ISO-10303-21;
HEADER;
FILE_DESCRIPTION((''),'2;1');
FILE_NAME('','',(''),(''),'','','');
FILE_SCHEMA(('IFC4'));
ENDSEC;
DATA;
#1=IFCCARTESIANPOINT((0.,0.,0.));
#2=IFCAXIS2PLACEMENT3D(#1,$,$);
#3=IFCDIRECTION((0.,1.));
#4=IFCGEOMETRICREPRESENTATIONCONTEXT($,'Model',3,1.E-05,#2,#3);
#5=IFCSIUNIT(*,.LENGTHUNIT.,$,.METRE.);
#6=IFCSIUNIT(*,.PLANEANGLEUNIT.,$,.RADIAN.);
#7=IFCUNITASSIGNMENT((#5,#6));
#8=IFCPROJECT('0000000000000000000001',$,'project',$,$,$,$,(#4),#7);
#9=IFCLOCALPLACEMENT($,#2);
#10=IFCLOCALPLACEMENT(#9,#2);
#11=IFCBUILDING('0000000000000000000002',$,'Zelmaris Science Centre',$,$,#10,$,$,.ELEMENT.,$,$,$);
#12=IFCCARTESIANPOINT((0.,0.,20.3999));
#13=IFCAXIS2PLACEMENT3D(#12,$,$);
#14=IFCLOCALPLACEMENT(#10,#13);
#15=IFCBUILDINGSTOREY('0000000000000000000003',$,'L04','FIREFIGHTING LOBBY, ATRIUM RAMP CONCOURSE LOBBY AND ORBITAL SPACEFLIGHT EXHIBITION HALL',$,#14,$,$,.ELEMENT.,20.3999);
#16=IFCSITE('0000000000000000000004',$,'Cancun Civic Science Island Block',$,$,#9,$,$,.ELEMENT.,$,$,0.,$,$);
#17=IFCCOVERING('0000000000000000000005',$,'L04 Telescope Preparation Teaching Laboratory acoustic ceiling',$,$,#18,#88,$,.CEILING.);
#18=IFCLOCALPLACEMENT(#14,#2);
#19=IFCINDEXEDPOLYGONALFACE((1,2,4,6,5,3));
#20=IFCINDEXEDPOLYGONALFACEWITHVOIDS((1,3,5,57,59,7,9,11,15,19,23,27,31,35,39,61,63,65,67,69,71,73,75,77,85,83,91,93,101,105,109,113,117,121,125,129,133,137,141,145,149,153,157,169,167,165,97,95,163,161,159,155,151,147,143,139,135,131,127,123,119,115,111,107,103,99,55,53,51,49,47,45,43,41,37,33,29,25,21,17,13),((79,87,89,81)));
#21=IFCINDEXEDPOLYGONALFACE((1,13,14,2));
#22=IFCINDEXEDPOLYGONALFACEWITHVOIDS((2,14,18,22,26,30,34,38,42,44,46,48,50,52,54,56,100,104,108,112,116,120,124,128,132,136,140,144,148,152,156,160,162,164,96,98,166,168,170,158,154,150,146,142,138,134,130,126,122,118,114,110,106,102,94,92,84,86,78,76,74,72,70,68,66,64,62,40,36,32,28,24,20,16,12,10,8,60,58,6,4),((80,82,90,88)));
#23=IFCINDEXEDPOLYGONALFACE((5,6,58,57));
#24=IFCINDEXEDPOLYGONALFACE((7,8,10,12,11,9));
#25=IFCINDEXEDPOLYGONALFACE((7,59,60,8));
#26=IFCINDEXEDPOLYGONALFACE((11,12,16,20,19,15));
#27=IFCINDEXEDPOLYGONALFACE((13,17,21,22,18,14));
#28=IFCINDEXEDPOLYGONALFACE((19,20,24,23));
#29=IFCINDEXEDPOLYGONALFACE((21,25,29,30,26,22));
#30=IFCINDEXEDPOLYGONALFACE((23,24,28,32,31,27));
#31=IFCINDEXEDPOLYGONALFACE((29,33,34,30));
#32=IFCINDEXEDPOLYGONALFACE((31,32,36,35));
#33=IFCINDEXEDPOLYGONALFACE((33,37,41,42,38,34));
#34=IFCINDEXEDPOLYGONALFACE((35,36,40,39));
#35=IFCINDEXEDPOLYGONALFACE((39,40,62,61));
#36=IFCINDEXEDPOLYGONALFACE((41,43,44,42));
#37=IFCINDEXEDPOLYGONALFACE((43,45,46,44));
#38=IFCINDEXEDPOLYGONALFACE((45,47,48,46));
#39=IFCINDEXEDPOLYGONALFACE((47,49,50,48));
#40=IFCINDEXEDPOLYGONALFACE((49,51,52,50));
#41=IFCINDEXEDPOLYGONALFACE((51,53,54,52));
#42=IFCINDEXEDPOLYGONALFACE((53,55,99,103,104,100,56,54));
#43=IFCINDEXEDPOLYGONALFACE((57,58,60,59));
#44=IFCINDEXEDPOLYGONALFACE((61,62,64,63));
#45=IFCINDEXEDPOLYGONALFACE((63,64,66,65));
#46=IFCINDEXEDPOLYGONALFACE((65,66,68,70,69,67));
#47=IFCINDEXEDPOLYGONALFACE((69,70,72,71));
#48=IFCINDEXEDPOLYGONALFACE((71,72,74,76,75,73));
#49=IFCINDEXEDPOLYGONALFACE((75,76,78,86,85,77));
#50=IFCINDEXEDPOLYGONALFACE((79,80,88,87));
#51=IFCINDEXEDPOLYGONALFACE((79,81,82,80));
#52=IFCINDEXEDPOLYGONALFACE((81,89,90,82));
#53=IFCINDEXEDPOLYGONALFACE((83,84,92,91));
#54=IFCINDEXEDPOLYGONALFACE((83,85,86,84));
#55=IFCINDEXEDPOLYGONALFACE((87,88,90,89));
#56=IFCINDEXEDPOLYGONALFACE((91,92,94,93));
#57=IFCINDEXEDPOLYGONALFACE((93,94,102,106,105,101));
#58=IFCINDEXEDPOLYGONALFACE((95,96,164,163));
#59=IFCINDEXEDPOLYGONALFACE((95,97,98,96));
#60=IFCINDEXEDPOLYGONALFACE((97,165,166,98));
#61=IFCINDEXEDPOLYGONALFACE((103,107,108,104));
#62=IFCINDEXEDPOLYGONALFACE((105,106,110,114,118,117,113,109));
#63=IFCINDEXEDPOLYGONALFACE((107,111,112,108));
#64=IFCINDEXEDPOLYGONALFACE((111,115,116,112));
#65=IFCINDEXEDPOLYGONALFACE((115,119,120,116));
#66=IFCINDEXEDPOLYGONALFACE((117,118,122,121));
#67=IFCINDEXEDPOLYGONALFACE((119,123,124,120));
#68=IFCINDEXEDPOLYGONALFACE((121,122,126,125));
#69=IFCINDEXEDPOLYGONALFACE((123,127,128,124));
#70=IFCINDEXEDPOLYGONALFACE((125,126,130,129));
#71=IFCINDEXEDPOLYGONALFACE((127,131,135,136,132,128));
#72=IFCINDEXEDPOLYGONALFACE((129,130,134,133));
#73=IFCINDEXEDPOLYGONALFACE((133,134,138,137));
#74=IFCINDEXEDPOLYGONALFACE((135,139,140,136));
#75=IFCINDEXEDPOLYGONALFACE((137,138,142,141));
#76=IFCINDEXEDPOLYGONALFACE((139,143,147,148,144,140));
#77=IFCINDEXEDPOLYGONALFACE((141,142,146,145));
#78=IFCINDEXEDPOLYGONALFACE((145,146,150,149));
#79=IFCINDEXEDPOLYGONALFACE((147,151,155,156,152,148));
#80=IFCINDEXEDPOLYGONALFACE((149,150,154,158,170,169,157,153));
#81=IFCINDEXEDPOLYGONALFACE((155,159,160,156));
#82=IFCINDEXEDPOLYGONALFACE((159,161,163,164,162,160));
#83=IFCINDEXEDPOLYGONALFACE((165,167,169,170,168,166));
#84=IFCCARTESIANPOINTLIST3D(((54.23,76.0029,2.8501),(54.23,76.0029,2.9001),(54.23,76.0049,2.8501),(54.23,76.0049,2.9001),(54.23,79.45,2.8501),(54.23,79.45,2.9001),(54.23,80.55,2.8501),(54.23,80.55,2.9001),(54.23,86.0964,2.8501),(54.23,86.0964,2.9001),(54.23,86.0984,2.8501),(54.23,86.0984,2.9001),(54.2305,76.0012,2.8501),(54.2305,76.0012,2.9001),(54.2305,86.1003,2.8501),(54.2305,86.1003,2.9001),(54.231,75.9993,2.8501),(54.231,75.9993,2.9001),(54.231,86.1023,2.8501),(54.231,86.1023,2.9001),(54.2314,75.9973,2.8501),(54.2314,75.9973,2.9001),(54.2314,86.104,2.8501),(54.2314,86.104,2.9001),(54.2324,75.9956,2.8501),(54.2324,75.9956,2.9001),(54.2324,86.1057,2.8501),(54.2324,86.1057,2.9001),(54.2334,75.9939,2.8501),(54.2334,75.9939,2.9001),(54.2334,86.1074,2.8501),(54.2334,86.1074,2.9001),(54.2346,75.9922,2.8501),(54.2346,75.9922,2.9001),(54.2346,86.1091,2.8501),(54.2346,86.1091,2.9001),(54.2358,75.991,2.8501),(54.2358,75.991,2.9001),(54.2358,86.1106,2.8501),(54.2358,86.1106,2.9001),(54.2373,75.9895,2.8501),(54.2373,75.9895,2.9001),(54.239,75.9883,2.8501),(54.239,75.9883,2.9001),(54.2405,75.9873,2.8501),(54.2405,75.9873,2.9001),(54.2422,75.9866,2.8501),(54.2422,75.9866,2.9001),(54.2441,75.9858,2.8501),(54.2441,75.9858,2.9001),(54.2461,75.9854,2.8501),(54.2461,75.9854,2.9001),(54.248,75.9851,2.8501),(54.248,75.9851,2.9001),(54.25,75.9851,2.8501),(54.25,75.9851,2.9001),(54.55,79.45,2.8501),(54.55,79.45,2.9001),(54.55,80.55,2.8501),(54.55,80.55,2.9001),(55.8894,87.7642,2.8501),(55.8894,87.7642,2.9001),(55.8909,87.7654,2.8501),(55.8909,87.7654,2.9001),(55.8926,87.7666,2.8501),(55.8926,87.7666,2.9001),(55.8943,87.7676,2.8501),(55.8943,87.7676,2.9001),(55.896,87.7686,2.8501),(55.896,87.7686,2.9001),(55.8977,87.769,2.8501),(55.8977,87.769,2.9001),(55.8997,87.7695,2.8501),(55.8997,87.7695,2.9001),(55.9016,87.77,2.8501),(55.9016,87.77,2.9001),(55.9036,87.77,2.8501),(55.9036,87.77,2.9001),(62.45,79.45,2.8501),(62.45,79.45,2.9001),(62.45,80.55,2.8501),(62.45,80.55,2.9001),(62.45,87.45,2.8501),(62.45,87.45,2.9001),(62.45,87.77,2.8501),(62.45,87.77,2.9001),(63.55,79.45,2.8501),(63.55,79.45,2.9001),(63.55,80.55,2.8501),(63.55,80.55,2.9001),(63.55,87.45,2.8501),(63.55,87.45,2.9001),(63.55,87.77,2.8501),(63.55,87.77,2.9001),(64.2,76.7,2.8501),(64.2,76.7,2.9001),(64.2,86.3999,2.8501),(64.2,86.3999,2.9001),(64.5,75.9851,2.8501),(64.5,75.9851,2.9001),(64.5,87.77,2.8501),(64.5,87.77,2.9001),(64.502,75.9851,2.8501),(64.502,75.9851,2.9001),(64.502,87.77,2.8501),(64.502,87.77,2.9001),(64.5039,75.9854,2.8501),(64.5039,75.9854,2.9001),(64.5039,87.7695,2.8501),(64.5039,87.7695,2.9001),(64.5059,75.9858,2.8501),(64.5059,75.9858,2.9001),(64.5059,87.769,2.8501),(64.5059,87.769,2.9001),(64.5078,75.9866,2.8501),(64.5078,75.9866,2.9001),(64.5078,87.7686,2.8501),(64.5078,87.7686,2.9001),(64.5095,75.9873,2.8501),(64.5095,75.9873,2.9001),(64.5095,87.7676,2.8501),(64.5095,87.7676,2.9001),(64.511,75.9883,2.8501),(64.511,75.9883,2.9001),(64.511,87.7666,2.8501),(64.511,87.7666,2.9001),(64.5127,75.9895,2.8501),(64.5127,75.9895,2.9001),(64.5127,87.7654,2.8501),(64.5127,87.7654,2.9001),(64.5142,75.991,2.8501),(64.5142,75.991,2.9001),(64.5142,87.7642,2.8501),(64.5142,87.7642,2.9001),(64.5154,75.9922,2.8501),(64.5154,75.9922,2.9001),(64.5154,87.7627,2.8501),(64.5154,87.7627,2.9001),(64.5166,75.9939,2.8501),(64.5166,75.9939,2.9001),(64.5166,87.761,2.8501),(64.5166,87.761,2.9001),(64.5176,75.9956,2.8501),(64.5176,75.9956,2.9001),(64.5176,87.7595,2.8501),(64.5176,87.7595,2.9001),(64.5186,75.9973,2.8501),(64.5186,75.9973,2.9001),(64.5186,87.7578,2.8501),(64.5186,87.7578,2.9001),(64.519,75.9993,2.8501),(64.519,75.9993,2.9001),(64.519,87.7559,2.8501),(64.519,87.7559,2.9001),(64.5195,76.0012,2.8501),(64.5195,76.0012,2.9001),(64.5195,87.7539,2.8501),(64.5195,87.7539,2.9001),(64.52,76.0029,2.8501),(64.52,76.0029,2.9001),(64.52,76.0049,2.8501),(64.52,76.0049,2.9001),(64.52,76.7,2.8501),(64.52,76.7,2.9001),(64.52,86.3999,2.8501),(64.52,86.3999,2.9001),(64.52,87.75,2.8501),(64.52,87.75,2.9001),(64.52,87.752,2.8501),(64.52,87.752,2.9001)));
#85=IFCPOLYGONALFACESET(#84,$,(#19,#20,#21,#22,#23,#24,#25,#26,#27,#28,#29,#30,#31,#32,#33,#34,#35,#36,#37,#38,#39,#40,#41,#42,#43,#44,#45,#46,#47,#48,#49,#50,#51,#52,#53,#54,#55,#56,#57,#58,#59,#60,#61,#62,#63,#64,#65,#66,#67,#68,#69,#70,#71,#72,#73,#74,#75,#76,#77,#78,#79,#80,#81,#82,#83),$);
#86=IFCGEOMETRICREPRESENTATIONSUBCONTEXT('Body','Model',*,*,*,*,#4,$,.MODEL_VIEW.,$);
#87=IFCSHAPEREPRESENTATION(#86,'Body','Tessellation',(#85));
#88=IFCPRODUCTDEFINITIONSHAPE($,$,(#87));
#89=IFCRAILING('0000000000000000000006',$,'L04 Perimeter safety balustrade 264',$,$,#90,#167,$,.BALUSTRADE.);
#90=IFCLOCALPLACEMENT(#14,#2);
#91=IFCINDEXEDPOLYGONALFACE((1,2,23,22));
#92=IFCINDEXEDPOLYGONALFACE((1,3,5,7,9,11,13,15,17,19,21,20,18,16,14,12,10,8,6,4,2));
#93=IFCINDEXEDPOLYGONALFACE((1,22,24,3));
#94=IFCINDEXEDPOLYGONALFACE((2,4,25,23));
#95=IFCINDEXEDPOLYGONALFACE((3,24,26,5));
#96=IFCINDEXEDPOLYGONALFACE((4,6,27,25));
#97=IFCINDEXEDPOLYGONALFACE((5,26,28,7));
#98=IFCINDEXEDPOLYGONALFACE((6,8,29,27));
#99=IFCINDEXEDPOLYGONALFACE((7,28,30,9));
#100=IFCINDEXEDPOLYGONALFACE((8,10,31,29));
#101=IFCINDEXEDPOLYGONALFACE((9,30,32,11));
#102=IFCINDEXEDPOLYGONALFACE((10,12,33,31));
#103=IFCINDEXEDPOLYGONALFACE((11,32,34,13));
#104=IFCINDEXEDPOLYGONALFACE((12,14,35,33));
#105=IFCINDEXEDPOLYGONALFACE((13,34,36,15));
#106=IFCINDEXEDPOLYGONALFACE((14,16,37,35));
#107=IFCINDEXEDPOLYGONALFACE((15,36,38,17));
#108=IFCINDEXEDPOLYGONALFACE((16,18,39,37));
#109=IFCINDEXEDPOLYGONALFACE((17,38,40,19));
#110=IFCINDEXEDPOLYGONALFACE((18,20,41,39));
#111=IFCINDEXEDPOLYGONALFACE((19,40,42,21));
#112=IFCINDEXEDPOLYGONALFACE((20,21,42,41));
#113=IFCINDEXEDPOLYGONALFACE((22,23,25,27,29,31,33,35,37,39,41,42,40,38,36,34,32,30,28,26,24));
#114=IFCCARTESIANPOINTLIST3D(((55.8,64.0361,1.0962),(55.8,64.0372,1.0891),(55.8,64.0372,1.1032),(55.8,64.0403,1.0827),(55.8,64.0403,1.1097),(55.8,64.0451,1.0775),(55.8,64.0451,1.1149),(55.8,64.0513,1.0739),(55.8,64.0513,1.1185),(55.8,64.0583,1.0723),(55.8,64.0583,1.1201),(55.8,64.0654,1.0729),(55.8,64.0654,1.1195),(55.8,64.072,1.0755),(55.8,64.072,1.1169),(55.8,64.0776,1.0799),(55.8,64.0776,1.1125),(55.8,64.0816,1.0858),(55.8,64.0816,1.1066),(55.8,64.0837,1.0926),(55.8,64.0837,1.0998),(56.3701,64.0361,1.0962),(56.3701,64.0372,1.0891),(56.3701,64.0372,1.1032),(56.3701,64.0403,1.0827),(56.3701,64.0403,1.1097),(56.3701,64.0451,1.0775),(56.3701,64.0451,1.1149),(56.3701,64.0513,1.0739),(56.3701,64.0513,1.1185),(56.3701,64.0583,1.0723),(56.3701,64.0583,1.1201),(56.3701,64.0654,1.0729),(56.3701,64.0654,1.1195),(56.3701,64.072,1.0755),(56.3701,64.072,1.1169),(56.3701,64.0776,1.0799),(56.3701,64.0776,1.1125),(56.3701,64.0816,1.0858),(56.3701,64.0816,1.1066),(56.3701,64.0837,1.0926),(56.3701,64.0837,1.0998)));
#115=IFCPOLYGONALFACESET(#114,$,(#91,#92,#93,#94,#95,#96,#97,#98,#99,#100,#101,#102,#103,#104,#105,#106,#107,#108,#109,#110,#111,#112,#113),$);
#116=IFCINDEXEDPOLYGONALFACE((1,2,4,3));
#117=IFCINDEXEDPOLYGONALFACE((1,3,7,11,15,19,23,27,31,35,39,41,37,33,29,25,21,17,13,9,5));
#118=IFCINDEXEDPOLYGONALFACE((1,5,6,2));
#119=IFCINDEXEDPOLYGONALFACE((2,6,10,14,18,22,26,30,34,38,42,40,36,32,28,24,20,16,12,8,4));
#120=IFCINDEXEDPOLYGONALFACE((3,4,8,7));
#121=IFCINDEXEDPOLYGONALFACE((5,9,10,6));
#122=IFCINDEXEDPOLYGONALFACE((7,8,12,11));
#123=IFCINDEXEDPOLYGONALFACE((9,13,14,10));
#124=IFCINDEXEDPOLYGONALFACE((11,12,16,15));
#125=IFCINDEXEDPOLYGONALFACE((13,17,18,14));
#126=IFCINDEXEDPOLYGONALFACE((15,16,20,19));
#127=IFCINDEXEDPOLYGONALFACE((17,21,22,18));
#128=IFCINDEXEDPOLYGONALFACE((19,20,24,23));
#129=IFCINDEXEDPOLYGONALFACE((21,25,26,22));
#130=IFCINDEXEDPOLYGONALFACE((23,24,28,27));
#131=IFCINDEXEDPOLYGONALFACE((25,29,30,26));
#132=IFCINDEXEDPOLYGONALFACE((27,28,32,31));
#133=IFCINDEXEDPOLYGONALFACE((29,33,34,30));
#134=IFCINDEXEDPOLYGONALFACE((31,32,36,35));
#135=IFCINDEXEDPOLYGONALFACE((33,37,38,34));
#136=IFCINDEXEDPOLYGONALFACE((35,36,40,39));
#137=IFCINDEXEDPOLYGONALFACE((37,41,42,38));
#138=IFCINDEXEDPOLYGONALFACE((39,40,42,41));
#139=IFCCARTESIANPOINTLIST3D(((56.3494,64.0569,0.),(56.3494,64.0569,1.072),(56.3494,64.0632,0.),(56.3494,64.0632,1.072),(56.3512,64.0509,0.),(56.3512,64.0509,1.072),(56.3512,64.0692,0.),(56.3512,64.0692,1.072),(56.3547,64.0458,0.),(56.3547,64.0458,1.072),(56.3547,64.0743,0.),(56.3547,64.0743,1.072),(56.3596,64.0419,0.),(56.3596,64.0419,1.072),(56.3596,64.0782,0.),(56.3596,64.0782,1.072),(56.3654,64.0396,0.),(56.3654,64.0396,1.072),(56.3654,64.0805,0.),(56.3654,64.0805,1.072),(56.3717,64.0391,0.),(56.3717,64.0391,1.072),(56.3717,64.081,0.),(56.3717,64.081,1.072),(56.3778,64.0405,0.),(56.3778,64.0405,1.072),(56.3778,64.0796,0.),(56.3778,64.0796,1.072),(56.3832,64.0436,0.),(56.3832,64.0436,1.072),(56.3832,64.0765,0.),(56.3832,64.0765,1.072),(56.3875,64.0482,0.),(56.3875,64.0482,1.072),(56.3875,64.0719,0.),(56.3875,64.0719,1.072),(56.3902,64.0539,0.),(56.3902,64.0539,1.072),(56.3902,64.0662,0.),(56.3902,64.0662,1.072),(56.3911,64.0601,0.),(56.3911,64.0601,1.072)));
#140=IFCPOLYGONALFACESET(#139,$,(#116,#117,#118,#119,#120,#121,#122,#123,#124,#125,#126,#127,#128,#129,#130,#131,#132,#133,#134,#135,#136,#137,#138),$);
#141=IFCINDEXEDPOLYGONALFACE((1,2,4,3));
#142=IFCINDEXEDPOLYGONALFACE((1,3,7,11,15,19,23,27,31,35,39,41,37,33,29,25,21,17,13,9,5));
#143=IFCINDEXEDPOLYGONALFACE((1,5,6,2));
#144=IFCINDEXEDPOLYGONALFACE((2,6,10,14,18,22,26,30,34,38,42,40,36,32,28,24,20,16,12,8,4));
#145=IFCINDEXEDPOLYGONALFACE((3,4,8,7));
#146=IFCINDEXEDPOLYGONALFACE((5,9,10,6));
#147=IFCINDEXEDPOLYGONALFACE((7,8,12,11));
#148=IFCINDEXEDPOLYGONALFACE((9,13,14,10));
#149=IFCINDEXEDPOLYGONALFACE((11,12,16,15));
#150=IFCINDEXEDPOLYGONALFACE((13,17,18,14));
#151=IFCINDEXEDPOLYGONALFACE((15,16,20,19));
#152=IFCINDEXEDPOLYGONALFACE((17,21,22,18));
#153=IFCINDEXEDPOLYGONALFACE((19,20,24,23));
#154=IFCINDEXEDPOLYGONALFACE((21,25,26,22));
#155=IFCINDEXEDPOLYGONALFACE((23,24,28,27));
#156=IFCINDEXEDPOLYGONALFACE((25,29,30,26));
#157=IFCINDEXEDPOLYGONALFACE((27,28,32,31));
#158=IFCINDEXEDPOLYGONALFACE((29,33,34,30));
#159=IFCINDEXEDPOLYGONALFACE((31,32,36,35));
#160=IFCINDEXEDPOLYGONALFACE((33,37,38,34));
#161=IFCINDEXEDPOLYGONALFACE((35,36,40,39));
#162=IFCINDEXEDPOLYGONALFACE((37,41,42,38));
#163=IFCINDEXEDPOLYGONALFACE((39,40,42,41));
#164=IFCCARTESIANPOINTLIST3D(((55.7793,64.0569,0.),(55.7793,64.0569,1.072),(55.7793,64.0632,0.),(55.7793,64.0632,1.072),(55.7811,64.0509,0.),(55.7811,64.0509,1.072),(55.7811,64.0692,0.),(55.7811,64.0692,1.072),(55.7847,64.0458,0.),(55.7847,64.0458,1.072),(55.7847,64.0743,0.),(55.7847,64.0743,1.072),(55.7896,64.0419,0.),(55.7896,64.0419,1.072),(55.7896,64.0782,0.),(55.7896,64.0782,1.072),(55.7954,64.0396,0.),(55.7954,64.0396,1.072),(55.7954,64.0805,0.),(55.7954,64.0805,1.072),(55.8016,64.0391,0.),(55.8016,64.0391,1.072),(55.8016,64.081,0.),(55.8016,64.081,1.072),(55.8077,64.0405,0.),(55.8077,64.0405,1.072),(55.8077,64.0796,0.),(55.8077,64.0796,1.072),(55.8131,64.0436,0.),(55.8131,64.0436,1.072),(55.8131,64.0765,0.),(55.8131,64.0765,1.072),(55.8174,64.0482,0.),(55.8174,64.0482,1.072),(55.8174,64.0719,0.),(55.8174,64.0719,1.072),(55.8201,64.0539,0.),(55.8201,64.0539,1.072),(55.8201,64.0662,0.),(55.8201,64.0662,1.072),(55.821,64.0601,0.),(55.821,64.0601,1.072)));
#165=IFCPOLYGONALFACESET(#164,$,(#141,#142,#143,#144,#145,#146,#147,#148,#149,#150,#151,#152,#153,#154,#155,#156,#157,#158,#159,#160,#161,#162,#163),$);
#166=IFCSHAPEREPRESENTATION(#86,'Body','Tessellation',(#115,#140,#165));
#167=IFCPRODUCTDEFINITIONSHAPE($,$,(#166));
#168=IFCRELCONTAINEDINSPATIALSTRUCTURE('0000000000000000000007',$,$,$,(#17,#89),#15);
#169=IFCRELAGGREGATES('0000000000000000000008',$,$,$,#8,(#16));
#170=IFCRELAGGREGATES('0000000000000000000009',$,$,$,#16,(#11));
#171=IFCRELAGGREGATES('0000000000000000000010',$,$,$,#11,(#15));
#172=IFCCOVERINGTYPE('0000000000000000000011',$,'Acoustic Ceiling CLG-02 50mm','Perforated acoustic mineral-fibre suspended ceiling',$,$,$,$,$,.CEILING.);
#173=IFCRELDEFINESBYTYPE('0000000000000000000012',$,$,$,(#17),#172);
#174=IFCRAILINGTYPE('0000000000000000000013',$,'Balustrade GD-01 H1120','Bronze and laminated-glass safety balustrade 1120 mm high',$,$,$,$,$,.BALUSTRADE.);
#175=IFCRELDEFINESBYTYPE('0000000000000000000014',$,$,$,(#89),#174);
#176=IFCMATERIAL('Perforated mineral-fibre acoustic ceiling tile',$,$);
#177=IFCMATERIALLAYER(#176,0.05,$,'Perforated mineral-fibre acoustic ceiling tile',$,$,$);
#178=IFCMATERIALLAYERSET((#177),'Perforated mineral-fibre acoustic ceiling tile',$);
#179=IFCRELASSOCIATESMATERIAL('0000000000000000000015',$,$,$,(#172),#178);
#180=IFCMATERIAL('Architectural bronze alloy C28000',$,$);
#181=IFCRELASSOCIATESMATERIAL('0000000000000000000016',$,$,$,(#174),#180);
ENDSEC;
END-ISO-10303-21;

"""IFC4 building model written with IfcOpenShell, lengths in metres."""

from ifc_helpers import new_model, si_unit, direction, frame, origin, origin_2d, place, context, subcontext, project, spatial, polyline, circle, outline, extrude, material, layer, layer_set, type_object, element, save


model = new_model("IFC4")

# Units and contexts
model_context = context("Model", 3, precision=1e-05, world=origin(), true_north=direction((0.0, 1.0)))
body_context = subcontext(model_context, "Body", "Model", "MODEL_VIEW")
ifc_project = project(units=[si_unit("LENGTHUNIT", "METRE"), si_unit("PLANEANGLEUNIT", "RADIAN")], contexts=[model_context])

# Site, building, storey
site_placement = place(None, origin())
site = spatial("IfcSite", under=ifc_project, at=site_placement, Name="Cancun Civic Science Island Block", CompositionType="ELEMENT", RefElevation=0.0)
building_placement = place(site_placement, origin())
building = spatial("IfcBuilding", under=site, at=building_placement, Name="Zelmaris Science Centre", CompositionType="ELEMENT")
storey_placement = place(building_placement, frame((0.0, 0.0, 20.3999)))
storey = spatial("IfcBuildingStorey", under=building, at=storey_placement, Name="L04", Description="FIREFIGHTING LOBBY, ATRIUM RAMP CONCOURSE LOBBY AND ORBITAL SPACEFLIGHT EXHIBITION HALL", CompositionType="ELEMENT", Elevation=20.3999)

# Covering
ifc_material_1 = material(Name="Perforated mineral-fibre acoustic ceiling tile")
ifc_layer_1 = layer(ifc_material_1, 0.05, Name="Perforated mineral-fibre acoustic ceiling tile")
ifc_layer_set_1 = layer_set([ifc_layer_1], Name="Perforated mineral-fibre acoustic ceiling tile")
covering_type = type_object("IfcCoveringType", Name="Acoustic Ceiling CLG-02 50mm", Description="Perforated acoustic mineral-fibre suspended ceiling", PredefinedType="CEILING", material=ifc_layer_set_1)
covering_placement = place(storey_placement, frame((0.0, 0.0, 2.8501)))
element("IfcCovering", 1, at=covering_placement, inside=storey, type_object=covering_type, Name="L04 Telescope Preparation Teaching Laboratory acoustic ceiling", PredefinedType="CEILING", context=body_context, shape_type="SweptSolid", body=[
    extrude(outline(polyline([(64.52, 76.0029), (64.5195, 76.0012), (64.519, 75.9993), (64.5186, 75.9973), (64.5176, 75.9956), (64.5166, 75.9939), (64.5154, 75.9922), (64.5142, 75.991), (64.5127, 75.9895), (64.511, 75.9883), (64.5095, 75.9873), (64.5078, 75.9866), (64.5059, 75.9858), (64.5039, 75.9854), (64.502, 75.9851), (64.5, 75.9851), (54.25, 75.9851), (54.248, 75.9851), (54.2461, 75.9854), (54.2441, 75.9858), (54.2422, 75.9866), (54.2405, 75.9873), (54.239, 75.9883), (54.2373, 75.9895), (54.2358, 75.991), (54.2346, 75.9922), (54.2334, 75.9939), (54.2324, 75.9956), (54.2314, 75.9973), (54.231, 75.9993), (54.2305, 76.0012), (54.23, 76.0029), (54.23, 76.0049), (54.23, 79.45), (54.55, 79.45), (54.55, 80.55), (54.23, 80.55), (54.23, 86.0964), (54.23, 86.0984), (54.2305, 86.1003), (54.231, 86.1023), (54.2314, 86.104), (54.2324, 86.1057), (54.2334, 86.1074), (54.2346, 86.1091), (54.2358, 86.1106), (55.8894, 87.7642), (55.8909, 87.7654), (55.8926, 87.7666), (55.8943, 87.7676), (55.896, 87.7686), (55.8977, 87.769), (55.8997, 87.7695), (55.9016, 87.77), (55.9036, 87.77), (62.45, 87.77), (62.45, 87.45), (63.55, 87.45), (63.55, 87.77), (64.5, 87.77), (64.502, 87.77), (64.5039, 87.7695), (64.5059, 87.769), (64.5078, 87.7686), (64.5095, 87.7676), (64.511, 87.7666), (64.5127, 87.7654), (64.5142, 87.7642), (64.5154, 87.7627), (64.5166, 87.761), (64.5176, 87.7595), (64.5186, 87.7578), (64.519, 87.7559), (64.5195, 87.7539), (64.52, 87.752), (64.52, 87.75), (64.52, 86.3999), (64.2, 86.3999), (64.2, 76.7), (64.52, 76.7), (64.52, 76.0049), (64.52, 76.0029)]), holes=[polyline([(63.55, 80.55), (62.45, 80.55), (62.45, 79.45), (63.55, 79.45), (63.55, 80.55)])]), origin(), (0.0, 0.0, 1.0), 0.05),
])

# Railing
ifc_material_2 = material(Name="Architectural bronze alloy C28000")
railing_type = type_object("IfcRailingType", Name="Balustrade GD-01 H1120", Description="Bronze and laminated-glass safety balustrade 1120 mm high", PredefinedType="BALUSTRADE", material=ifc_material_2)
railing_placement = place(storey_placement, frame((56.3701, 64.0601, 0.0)))
element("IfcRailing", 2, at=railing_placement, inside=storey, type_object=railing_type, Name="L04 Perimeter safety balustrade 264", PredefinedType="BALUSTRADE", context=body_context, shape_type="SweptSolid", body=[
    extrude(circle(Radius=0.0239, at=origin_2d()), frame((0.0, 0.0, 1.0962), z_axis=(-1.0, 0.0, 0.0), x_axis=(0.0, -1.0, 0.0)), (0.0, 0.0, 1.0), 0.5701),
    extrude(circle(Radius=0.021, at=origin_2d()), origin(), (0.0, 0.0, 1.0), 1.072),
    extrude(circle(Radius=0.021, at=origin_2d()), frame((-0.5701, 0.0, 0.0)), (0.0, 0.0, 1.0), 1.072),
])

save(model, "model.ifc")
